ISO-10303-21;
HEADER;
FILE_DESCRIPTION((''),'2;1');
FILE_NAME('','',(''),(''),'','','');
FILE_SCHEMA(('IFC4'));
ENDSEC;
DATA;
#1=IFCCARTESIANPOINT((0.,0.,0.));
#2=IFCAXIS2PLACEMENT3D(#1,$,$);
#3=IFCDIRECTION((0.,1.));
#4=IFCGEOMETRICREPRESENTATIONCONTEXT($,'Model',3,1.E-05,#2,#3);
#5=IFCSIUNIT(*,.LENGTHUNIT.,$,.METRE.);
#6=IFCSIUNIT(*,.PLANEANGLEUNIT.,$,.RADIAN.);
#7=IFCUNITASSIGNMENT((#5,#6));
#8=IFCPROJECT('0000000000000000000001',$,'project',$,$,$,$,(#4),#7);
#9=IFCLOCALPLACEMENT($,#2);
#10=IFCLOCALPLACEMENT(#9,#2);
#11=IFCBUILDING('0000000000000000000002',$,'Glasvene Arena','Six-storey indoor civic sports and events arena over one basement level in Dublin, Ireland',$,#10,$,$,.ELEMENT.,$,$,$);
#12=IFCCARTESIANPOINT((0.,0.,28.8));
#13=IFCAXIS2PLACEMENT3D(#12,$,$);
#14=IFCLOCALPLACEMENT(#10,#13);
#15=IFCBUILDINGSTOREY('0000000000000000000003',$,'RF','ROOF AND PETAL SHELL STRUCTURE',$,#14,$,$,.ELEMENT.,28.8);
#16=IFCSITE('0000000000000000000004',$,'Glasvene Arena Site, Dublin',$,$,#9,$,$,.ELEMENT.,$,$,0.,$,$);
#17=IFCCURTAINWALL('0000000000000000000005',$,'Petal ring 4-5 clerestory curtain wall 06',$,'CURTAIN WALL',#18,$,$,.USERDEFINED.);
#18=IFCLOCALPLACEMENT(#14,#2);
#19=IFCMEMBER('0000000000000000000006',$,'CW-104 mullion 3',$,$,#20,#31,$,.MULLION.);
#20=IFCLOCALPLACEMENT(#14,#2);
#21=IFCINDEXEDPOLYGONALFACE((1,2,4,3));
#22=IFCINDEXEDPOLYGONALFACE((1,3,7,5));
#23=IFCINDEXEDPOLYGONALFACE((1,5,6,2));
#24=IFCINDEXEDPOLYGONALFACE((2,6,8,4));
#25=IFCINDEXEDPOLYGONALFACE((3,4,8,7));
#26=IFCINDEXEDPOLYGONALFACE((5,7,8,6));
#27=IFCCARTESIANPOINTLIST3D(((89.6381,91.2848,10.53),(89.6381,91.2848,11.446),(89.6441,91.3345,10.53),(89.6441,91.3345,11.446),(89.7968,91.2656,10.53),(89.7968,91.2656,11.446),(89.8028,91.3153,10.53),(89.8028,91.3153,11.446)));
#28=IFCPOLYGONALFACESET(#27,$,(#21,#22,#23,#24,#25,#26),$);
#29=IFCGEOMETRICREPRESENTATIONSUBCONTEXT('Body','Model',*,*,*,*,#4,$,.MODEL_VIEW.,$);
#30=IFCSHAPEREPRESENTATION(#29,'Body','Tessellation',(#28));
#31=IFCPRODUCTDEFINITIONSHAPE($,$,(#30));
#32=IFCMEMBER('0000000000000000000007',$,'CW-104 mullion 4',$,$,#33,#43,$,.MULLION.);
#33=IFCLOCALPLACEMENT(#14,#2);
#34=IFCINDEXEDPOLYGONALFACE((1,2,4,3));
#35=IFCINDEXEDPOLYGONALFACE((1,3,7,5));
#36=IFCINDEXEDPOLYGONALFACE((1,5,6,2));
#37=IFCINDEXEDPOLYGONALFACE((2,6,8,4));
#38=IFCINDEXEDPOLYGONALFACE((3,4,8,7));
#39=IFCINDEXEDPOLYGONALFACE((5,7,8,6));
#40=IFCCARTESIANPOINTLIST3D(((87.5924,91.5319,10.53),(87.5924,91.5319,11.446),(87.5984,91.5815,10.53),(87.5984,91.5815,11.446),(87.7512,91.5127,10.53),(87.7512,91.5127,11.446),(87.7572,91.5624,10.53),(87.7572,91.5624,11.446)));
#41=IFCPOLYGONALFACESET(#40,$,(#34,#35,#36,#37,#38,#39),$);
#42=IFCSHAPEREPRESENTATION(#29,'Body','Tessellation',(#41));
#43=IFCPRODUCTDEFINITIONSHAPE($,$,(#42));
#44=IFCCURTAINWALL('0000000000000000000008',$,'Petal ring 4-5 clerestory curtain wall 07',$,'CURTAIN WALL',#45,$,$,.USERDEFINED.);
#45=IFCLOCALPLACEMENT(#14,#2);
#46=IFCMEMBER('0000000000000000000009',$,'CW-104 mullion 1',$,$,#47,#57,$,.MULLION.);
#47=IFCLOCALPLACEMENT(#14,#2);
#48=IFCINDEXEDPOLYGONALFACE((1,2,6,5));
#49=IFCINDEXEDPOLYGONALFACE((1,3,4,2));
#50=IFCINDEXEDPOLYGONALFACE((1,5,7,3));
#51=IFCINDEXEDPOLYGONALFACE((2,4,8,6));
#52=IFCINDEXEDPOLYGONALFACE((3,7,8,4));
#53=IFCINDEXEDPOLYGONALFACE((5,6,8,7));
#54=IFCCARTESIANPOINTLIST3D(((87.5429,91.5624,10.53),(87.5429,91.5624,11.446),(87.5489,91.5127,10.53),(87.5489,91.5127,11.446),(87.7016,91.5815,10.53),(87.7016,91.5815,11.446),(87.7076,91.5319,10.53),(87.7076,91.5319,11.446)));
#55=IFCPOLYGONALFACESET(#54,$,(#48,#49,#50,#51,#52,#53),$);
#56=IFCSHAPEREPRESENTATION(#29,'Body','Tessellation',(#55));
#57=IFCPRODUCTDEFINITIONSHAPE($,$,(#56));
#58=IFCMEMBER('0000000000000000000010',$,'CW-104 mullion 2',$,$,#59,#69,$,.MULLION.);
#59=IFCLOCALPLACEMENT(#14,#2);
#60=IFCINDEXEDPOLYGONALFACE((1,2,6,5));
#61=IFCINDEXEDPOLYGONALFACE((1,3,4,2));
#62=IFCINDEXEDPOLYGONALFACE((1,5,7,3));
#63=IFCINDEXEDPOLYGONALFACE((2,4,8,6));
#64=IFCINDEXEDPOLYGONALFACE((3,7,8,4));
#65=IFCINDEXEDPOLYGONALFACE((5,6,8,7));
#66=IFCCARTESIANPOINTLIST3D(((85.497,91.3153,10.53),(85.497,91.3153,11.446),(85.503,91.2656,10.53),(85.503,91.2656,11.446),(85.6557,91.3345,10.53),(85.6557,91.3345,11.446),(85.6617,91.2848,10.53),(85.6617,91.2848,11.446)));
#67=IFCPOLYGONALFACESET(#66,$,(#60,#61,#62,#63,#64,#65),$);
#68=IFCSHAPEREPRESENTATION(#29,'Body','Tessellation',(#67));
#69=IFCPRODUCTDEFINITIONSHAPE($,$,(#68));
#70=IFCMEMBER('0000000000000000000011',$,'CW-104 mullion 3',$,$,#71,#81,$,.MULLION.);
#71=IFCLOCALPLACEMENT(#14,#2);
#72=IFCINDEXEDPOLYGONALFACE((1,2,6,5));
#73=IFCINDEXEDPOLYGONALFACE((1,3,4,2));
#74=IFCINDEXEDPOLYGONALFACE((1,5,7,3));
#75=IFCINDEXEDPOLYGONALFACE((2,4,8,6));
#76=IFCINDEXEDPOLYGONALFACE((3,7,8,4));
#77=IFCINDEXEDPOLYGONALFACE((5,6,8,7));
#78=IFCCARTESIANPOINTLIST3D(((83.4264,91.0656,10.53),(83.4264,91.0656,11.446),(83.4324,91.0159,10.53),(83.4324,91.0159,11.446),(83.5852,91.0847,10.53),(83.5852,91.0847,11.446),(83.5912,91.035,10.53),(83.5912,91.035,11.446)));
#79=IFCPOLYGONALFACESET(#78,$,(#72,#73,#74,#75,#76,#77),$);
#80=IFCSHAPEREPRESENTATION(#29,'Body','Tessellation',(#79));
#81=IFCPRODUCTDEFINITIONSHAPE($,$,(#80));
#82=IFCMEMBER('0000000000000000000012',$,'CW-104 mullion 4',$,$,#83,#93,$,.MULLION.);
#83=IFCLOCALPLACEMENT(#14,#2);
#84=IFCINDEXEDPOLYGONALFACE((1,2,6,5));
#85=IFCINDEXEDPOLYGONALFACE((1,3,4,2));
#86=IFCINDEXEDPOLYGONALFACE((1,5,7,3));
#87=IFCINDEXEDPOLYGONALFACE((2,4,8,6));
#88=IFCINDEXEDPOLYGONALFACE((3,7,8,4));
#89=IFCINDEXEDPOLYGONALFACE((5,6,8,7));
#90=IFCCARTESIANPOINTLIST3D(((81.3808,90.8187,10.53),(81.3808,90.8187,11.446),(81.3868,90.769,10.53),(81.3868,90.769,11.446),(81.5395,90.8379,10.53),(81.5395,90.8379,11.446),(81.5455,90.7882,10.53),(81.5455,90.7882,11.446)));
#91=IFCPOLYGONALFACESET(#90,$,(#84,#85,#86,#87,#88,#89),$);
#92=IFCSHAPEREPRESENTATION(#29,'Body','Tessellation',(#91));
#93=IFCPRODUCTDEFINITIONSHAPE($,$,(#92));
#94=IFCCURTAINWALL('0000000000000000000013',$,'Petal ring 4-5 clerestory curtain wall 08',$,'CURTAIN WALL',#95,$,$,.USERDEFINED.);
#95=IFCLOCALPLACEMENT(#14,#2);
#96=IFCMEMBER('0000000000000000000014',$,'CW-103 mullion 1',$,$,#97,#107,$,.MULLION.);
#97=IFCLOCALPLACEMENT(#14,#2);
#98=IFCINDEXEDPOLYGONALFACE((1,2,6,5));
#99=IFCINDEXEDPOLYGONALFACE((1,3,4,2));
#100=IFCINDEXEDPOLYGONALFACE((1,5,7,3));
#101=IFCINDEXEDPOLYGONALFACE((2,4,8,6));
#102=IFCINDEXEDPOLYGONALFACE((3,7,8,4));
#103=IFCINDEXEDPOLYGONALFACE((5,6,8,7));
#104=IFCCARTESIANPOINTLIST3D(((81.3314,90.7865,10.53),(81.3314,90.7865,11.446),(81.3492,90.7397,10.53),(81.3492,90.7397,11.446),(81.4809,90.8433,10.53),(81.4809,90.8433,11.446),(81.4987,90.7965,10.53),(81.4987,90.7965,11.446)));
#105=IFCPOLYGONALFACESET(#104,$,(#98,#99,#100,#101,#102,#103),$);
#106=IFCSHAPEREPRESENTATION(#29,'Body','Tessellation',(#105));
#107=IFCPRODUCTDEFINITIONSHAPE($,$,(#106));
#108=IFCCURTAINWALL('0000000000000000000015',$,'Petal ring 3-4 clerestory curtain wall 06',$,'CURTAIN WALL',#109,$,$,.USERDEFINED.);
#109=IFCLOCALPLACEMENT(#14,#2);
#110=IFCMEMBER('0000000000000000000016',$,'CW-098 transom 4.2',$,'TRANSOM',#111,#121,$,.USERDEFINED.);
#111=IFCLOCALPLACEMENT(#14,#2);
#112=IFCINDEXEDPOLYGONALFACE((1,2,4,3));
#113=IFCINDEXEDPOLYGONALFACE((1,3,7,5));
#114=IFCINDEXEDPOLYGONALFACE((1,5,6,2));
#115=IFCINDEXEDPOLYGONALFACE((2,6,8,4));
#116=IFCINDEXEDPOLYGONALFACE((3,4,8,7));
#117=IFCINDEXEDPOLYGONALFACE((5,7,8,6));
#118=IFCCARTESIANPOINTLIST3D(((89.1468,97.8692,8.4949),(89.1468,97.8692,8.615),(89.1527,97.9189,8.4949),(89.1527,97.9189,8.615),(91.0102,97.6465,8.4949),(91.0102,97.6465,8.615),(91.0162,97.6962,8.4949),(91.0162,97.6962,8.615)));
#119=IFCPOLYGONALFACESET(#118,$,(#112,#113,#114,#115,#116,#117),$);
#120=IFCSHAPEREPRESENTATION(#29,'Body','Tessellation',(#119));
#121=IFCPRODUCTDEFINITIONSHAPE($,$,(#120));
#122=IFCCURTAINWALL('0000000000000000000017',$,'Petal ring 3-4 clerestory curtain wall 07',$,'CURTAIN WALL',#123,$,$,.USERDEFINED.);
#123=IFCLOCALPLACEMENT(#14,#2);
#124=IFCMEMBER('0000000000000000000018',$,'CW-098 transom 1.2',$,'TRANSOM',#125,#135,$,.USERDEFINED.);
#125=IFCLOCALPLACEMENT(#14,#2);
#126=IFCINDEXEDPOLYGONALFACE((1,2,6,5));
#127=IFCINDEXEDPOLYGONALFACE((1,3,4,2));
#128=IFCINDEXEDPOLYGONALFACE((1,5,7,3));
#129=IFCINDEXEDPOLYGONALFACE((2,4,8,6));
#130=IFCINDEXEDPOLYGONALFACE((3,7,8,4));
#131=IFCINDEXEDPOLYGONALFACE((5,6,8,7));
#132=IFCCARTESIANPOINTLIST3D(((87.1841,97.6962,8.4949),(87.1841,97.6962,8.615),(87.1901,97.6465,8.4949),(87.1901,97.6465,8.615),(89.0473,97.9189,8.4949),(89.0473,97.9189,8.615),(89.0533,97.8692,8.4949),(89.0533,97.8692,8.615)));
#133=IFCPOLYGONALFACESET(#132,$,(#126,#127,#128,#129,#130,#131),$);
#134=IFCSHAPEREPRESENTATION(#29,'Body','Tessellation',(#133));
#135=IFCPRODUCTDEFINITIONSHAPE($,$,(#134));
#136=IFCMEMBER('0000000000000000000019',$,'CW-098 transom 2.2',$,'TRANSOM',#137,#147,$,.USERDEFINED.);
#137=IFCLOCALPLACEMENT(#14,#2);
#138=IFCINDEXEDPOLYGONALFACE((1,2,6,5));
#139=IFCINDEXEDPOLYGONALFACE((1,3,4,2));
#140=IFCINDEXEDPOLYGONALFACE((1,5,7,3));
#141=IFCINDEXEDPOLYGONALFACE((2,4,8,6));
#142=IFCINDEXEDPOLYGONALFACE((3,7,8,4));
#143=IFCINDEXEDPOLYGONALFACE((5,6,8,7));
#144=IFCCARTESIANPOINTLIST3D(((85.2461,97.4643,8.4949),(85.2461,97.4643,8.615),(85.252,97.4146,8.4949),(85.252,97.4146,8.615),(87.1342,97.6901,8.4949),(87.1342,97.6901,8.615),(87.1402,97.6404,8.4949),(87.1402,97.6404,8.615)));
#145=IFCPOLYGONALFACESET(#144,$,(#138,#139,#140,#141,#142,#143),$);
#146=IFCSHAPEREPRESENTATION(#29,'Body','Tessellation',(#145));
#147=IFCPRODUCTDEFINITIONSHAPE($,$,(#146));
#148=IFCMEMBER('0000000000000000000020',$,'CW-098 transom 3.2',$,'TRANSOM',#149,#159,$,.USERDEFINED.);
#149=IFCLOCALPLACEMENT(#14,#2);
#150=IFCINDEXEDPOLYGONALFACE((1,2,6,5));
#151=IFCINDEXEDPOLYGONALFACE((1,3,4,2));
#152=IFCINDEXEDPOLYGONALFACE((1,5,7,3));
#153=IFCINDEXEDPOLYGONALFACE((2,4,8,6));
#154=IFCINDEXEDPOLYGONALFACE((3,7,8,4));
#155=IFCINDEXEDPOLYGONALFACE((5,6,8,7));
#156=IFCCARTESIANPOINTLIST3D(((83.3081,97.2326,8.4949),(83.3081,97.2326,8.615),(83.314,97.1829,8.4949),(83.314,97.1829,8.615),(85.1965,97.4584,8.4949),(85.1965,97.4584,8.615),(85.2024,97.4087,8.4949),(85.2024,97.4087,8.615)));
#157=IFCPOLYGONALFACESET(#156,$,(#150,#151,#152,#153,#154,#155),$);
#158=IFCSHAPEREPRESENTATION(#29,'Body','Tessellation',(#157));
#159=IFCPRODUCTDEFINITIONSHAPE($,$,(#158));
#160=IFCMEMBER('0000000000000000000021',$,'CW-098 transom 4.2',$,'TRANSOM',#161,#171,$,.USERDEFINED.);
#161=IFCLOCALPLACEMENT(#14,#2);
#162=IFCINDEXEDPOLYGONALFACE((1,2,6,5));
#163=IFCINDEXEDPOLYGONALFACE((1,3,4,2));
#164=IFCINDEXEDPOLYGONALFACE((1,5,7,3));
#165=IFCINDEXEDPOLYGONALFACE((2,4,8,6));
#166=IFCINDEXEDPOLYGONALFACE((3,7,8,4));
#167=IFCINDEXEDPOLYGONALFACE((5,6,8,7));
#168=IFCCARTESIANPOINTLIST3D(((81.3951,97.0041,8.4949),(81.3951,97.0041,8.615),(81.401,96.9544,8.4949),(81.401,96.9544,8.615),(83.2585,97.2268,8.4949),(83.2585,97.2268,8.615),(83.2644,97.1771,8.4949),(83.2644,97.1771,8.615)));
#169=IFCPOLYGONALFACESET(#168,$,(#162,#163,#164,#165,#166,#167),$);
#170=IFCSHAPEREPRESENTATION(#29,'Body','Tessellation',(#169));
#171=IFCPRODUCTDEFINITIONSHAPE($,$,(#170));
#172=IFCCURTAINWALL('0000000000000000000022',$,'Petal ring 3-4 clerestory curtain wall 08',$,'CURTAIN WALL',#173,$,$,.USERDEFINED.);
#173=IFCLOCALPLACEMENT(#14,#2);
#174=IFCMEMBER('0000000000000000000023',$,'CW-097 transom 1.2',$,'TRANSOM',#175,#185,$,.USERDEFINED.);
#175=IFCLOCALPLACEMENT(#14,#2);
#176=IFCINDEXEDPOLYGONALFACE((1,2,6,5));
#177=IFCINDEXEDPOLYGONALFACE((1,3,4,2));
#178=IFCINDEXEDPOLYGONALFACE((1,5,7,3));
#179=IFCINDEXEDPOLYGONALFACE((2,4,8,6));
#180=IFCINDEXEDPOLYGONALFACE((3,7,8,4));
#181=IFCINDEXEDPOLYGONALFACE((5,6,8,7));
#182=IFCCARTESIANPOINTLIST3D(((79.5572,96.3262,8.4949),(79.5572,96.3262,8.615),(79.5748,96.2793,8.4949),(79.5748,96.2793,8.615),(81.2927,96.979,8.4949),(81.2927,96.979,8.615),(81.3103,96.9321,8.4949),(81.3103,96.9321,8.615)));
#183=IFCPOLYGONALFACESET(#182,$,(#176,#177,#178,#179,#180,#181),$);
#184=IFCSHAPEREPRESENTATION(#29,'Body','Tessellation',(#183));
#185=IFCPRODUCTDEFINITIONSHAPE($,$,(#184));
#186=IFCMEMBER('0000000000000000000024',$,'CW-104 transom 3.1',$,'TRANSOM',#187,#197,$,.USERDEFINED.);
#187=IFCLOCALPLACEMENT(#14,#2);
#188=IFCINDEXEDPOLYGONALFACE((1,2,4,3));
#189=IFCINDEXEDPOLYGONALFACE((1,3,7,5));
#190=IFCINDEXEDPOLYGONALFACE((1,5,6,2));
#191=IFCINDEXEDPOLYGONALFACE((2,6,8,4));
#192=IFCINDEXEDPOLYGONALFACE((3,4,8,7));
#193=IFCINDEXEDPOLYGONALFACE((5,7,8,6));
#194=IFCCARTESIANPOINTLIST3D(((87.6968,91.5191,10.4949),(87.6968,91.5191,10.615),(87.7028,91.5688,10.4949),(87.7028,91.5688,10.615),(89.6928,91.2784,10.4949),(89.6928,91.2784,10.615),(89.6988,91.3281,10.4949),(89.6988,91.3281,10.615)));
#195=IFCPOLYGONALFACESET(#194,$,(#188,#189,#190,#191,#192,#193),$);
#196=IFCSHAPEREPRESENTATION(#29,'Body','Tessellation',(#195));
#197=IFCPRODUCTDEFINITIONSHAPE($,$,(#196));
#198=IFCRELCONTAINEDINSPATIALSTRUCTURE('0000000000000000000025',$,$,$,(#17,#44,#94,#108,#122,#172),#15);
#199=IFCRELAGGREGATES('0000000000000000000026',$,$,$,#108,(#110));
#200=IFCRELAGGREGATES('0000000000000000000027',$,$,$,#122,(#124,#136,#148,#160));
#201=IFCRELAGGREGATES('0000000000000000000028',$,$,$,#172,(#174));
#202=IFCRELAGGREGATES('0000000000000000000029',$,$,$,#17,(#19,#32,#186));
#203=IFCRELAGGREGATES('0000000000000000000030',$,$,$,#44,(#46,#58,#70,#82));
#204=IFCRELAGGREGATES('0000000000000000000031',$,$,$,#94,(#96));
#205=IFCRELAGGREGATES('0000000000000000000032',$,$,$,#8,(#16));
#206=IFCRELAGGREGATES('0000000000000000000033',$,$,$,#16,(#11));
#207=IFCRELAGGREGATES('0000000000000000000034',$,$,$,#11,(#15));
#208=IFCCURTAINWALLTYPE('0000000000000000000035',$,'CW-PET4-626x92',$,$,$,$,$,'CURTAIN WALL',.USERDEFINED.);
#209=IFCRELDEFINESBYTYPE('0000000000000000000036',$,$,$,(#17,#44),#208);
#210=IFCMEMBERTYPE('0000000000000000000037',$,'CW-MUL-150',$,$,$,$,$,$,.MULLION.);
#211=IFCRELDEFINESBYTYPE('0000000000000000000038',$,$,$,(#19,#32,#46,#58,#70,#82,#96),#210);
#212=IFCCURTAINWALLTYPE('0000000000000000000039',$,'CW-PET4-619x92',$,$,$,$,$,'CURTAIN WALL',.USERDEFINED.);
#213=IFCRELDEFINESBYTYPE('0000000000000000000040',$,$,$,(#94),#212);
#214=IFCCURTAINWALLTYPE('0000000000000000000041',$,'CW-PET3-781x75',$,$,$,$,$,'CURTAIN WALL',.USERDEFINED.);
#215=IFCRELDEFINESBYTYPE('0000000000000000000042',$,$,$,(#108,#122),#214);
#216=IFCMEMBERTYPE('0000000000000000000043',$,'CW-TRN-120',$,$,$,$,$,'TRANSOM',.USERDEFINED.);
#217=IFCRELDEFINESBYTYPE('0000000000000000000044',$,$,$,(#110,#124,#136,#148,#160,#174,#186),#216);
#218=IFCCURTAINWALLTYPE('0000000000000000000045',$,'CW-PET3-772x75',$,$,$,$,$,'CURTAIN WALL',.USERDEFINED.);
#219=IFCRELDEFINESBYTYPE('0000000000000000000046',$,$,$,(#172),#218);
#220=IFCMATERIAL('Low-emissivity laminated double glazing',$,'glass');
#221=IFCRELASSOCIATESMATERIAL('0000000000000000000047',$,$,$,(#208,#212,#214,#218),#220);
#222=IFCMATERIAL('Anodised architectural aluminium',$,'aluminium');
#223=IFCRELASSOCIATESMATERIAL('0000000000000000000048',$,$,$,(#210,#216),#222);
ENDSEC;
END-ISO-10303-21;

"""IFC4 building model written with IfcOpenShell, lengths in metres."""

from ifc_helpers import new_model, si_unit, direction, frame, origin, origin_2d, place, context, subcontext, project, spatial, rectangle, extrude, material, material_profile, profile_set, type_object, element, aggregate, save


model = new_model("IFC4")

# Units and contexts
model_context = context("Model", 3, precision=1e-05, world=origin(), true_north=direction((0.0, 1.0)))
body_context = subcontext(model_context, "Body", "Model", "MODEL_VIEW")
ifc_project = project(units=[si_unit("LENGTHUNIT", "METRE"), si_unit("PLANEANGLEUNIT", "RADIAN")], contexts=[model_context])

# Site, building, storey
site_placement = place(None, origin())
site = spatial("IfcSite", under=ifc_project, at=site_placement, Name="Glasvene Arena Site, Dublin", CompositionType="ELEMENT", RefElevation=0.0)
building_placement = place(site_placement, origin())
building = spatial("IfcBuilding", under=site, at=building_placement, Name="Glasvene Arena", Description="Six-storey indoor civic sports and events arena over one basement level in Dublin, Ireland", CompositionType="ELEMENT")
storey_placement = place(building_placement, frame((0.0, 0.0, 28.8)))
storey = spatial("IfcBuildingStorey", under=building, at=storey_placement, Name="RF", Description="ROOF AND PETAL SHELL STRUCTURE", CompositionType="ELEMENT", Elevation=28.8)

# Curtain walls, members
ifc_material_1 = material(Name="Low-emissivity laminated double glazing", Category="glass")
curtain_wall_type_1 = type_object("IfcCurtainWallType", Name="CW-PET4-626x92", ElementType="CURTAIN WALL", PredefinedType="USERDEFINED", material=ifc_material_1)
curtain_wall_1_placement = place(storey_placement, frame((93.8618, 90.8003, 0.0)))
curtain_wall_1 = element("IfcCurtainWall", 1, at=curtain_wall_1_placement, inside=storey, type_object=curtain_wall_type_1, Name="Petal ring 4-5 clerestory curtain wall 06", ObjectType="CURTAIN WALL", PredefinedType="USERDEFINED")
ifc_material_2 = material(Name="Anodised architectural aluminium", Category="aluminium")
ifc_material_profile_1 = material_profile(ifc_material_2, rectangle(XDim=0.05, YDim=0.1599, at=origin_2d()), Name="ALU MULLION 50x160")
ifc_profile_set_1 = profile_set([ifc_material_profile_1], Name="Anodised architectural aluminium")
member_type_1 = type_object("IfcMemberType", Name="CW-MUL-150", PredefinedType="MULLION", material=ifc_profile_set_1)
member_1_placement = place(storey_placement, frame((89.7205, 91.3, 10.53), z_axis=(0.0, 0.0, 1.0), x_axis=(-0.119806, -0.992797, 0.0)))
member_1 = element("IfcMember", 2, at=member_1_placement, type_object=member_type_1, Name="CW-104 mullion 3", PredefinedType="MULLION", context=body_context, shape_type="SweptSolid", body=[
    extrude(rectangle(XDim=0.05, YDim=0.1599, at=origin_2d()), origin(), (0.0, 0.0, 1.0), 0.916),
])
member_2_placement = place(storey_placement, frame((87.6748, 91.5471, 10.53), z_axis=(0.0, 0.0, 1.0), x_axis=(-0.119806, -0.992797, 0.0)))
member_2 = element("IfcMember", 3, at=member_2_placement, type_object=member_type_1, Name="CW-104 mullion 4", PredefinedType="MULLION", context=body_context, shape_type="SweptSolid", body=[
    extrude(rectangle(XDim=0.05, YDim=0.1599, at=origin_2d()), origin(), (0.0, 0.0, 1.0), 0.916),
])
curtain_wall_2_placement = place(storey_placement, frame((87.6499, 91.55, 0.0)))
curtain_wall_2 = element("IfcCurtainWall", 4, at=curtain_wall_2_placement, inside=storey, type_object=curtain_wall_type_1, Name="Petal ring 4-5 clerestory curtain wall 07", ObjectType="CURTAIN WALL", PredefinedType="USERDEFINED")
member_3_placement = place(storey_placement, frame((87.6252, 91.5471, 10.53), z_axis=(0.0, 0.0, 1.0), x_axis=(0.119806, -0.992797, 0.0)))
member_3 = element("IfcMember", 5, at=member_3_placement, type_object=member_type_1, Name="CW-104 mullion 1", PredefinedType="MULLION", context=body_context, shape_type="SweptSolid", body=[
    extrude(rectangle(XDim=0.05, YDim=0.1599, at=origin_2d()), origin(), (0.0, 0.0, 1.0), 0.916),
])
member_4_placement = place(storey_placement, frame((85.5793, 91.3, 10.53), z_axis=(0.0, 0.0, 1.0), x_axis=(0.119806, -0.992797, 0.0)))
member_4 = element("IfcMember", 6, at=member_4_placement, type_object=member_type_1, Name="CW-104 mullion 2", PredefinedType="MULLION", context=body_context, shape_type="SweptSolid", body=[
    extrude(rectangle(XDim=0.05, YDim=0.1599, at=origin_2d()), origin(), (0.0, 0.0, 1.0), 0.916),
])
member_5_placement = place(storey_placement, frame((83.5088, 91.0503, 10.53), z_axis=(0.0, 0.0, 1.0), x_axis=(0.119806, -0.992797, 0.0)))
member_5 = element("IfcMember", 7, at=member_5_placement, type_object=member_type_1, Name="CW-104 mullion 3", PredefinedType="MULLION", context=body_context, shape_type="SweptSolid", body=[
    extrude(rectangle(XDim=0.05, YDim=0.1599, at=origin_2d()), origin(), (0.0, 0.0, 1.0), 0.916),
])
member_6_placement = place(storey_placement, frame((81.4631, 90.8035, 10.53), z_axis=(0.0, 0.0, 1.0), x_axis=(0.119806, -0.992797, 0.0)))
member_6 = element("IfcMember", 8, at=member_6_placement, type_object=member_type_1, Name="CW-104 mullion 4", PredefinedType="MULLION", context=body_context, shape_type="SweptSolid", body=[
    extrude(rectangle(XDim=0.05, YDim=0.1599, at=origin_2d()), origin(), (0.0, 0.0, 1.0), 0.916),
])

# Curtain walls, members
curtain_wall_type_2 = type_object("IfcCurtainWallType", Name="CW-PET4-619x92", ElementType="CURTAIN WALL", PredefinedType="USERDEFINED", material=ifc_material_1)
curtain_wall_3_placement = place(storey_placement, frame((81.4382, 90.8003, 0.0)))
curtain_wall_3 = element("IfcCurtainWall", 9, at=curtain_wall_3_placement, inside=storey, type_object=curtain_wall_type_2, Name="Petal ring 4-5 clerestory curtain wall 08", ObjectType="CURTAIN WALL", PredefinedType="USERDEFINED")
member_7_placement = place(storey_placement, frame((81.415, 90.7915, 10.53), z_axis=(0.0, 0.0, 1.0), x_axis=(0.35497, -0.934878, 0.0)))
member_7 = element("IfcMember", 10, at=member_7_placement, type_object=member_type_1, Name="CW-103 mullion 1", PredefinedType="MULLION", context=body_context, shape_type="SweptSolid", body=[
    extrude(rectangle(XDim=0.05, YDim=0.1599, at=origin_2d()), origin(), (0.0, 0.0, 1.0), 0.916),
])
curtain_wall_type_3 = type_object("IfcCurtainWallType", Name="CW-PET3-781x75", ElementType="CURTAIN WALL", PredefinedType="USERDEFINED", material=ifc_material_1)
curtain_wall_4_placement = place(storey_placement, frame((96.8516, 96.9731, 0.0)))
curtain_wall_4 = element("IfcCurtainWall", 11, at=curtain_wall_4_placement, inside=storey, type_object=curtain_wall_type_3, Name="Petal ring 3-4 clerestory curtain wall 06", ObjectType="CURTAIN WALL", PredefinedType="USERDEFINED")
ifc_material_profile_2 = material_profile(ifc_material_2, rectangle(XDim=0.05, YDim=0.1201, at=origin_2d()), Name="ALU TRANSOM 50x120")
ifc_profile_set_2 = profile_set([ifc_material_profile_2], Name="Anodised architectural aluminium")
member_type_2 = type_object("IfcMemberType", Name="CW-TRN-120", ElementType="TRANSOM", PredefinedType="USERDEFINED", material=ifc_profile_set_2)
member_8_placement = place(storey_placement, frame((91.0132, 97.6714, 8.5549), z_axis=(-0.992938, 0.118637, 0.0), x_axis=(-0.118637, -0.992938, 0.0)))
member_8 = element("IfcMember", 12, at=member_8_placement, type_object=member_type_2, Name="CW-098 transom 4.2", ObjectType="TRANSOM", PredefinedType="USERDEFINED", context=body_context, shape_type="SweptSolid", body=[
    extrude(rectangle(XDim=0.05, YDim=0.1201, at=origin_2d()), origin(), (0.0, 0.0, 1.0), 1.8767),
])
aggregate(curtain_wall_4, [member_8])

# Curtain wall, members
curtain_wall_5_placement = place(storey_placement, frame((89.1001, 97.8999, 0.0)))
curtain_wall_5 = element("IfcCurtainWall", 13, at=curtain_wall_5_placement, inside=storey, type_object=curtain_wall_type_3, Name="Petal ring 3-4 clerestory curtain wall 07", ObjectType="CURTAIN WALL", PredefinedType="USERDEFINED")
member_9_placement = place(storey_placement, frame((89.0503, 97.894, 8.5549), z_axis=(-0.992936, -0.118653, 0.0), x_axis=(0.118653, -0.992936, 0.0)))
member_9 = element("IfcMember", 14, at=member_9_placement, type_object=member_type_2, Name="CW-098 transom 1.2", ObjectType="TRANSOM", PredefinedType="USERDEFINED", context=body_context, shape_type="SweptSolid", body=[
    extrude(rectangle(XDim=0.05, YDim=0.1201, at=origin_2d()), origin(), (0.0, 0.0, 1.0), 1.8765),
])
member_10_placement = place(storey_placement, frame((87.1372, 97.6653, 8.5549), z_axis=(-0.992924, -0.118755, 0.0), x_axis=(0.118755, -0.992924, 0.0)))
member_10 = element("IfcMember", 15, at=member_10_placement, type_object=member_type_2, Name="CW-098 transom 2.2", ObjectType="TRANSOM", PredefinedType="USERDEFINED", context=body_context, shape_type="SweptSolid", body=[
    extrude(rectangle(XDim=0.05, YDim=0.1201, at=origin_2d()), origin(), (0.0, 0.0, 1.0), 1.9016),
])
member_11_placement = place(storey_placement, frame((85.1995, 97.4336, 8.5549), z_axis=(-0.992925, -0.11874, 0.0), x_axis=(0.11874, -0.992925, 0.0)))
member_11 = element("IfcMember", 16, at=member_11_placement, type_object=member_type_2, Name="CW-098 transom 3.2", ObjectType="TRANSOM", PredefinedType="USERDEFINED", context=body_context, shape_type="SweptSolid", body=[
    extrude(rectangle(XDim=0.05, YDim=0.1201, at=origin_2d()), origin(), (0.0, 0.0, 1.0), 1.9019),
])
member_12_placement = place(storey_placement, frame((83.2615, 97.2019, 8.5549), z_axis=(-0.992938, -0.118637, 0.0), x_axis=(0.118637, -0.992938, 0.0)))
member_12 = element("IfcMember", 17, at=member_12_placement, type_object=member_type_2, Name="CW-098 transom 4.2", ObjectType="TRANSOM", PredefinedType="USERDEFINED", context=body_context, shape_type="SweptSolid", body=[
    extrude(rectangle(XDim=0.05, YDim=0.1201, at=origin_2d()), origin(), (0.0, 0.0, 1.0), 1.8767),
])
aggregate(curtain_wall_5, [member_9, member_10, member_11, member_12])

# Curtain wall, member
curtain_wall_type_4 = type_object("IfcCurtainWallType", Name="CW-PET3-772x75", ElementType="CURTAIN WALL", PredefinedType="USERDEFINED", material=ifc_material_1)
curtain_wall_6_placement = place(storey_placement, frame((81.3484, 96.9731, 0.0)))
curtain_wall_6 = element("IfcCurtainWall", 18, at=curtain_wall_6_placement, inside=storey, type_object=curtain_wall_type_4, Name="Petal ring 3-4 clerestory curtain wall 08", ObjectType="CURTAIN WALL", PredefinedType="USERDEFINED")
member_13_placement = place(storey_placement, frame((81.3015, 96.9556, 8.5549), z_axis=(-0.935977, -0.352061, 0.0), x_axis=(0.352061, -0.935977, 0.0)))
member_13 = element("IfcMember", 19, at=member_13_placement, type_object=member_type_2, Name="CW-097 transom 1.2", ObjectType="TRANSOM", PredefinedType="USERDEFINED", context=body_context, shape_type="SweptSolid", body=[
    extrude(rectangle(XDim=0.05, YDim=0.1201, at=origin_2d()), origin(), (0.0, 0.0, 1.0), 1.8542),
])
aggregate(curtain_wall_6, [member_13])

# Member
member_14_placement = place(storey_placement, frame((89.6958, 91.3032, 10.5549), z_axis=(-0.992807, 0.119729, 0.0), x_axis=(-0.119729, -0.992807, 0.0)))
member_14 = element("IfcMember", 20, at=member_14_placement, type_object=member_type_2, Name="CW-104 transom 3.1", ObjectType="TRANSOM", PredefinedType="USERDEFINED", context=body_context, shape_type="SweptSolid", body=[
    extrude(rectangle(XDim=0.05, YDim=0.1201, at=origin_2d()), origin(), (0.0, 0.0, 1.0), 2.0105),
])

aggregate(curtain_wall_1, [member_1, member_2, member_14])
aggregate(curtain_wall_2, [member_3, member_4, member_5, member_6])
aggregate(curtain_wall_3, [member_7])

save(model, "model.ifc")
